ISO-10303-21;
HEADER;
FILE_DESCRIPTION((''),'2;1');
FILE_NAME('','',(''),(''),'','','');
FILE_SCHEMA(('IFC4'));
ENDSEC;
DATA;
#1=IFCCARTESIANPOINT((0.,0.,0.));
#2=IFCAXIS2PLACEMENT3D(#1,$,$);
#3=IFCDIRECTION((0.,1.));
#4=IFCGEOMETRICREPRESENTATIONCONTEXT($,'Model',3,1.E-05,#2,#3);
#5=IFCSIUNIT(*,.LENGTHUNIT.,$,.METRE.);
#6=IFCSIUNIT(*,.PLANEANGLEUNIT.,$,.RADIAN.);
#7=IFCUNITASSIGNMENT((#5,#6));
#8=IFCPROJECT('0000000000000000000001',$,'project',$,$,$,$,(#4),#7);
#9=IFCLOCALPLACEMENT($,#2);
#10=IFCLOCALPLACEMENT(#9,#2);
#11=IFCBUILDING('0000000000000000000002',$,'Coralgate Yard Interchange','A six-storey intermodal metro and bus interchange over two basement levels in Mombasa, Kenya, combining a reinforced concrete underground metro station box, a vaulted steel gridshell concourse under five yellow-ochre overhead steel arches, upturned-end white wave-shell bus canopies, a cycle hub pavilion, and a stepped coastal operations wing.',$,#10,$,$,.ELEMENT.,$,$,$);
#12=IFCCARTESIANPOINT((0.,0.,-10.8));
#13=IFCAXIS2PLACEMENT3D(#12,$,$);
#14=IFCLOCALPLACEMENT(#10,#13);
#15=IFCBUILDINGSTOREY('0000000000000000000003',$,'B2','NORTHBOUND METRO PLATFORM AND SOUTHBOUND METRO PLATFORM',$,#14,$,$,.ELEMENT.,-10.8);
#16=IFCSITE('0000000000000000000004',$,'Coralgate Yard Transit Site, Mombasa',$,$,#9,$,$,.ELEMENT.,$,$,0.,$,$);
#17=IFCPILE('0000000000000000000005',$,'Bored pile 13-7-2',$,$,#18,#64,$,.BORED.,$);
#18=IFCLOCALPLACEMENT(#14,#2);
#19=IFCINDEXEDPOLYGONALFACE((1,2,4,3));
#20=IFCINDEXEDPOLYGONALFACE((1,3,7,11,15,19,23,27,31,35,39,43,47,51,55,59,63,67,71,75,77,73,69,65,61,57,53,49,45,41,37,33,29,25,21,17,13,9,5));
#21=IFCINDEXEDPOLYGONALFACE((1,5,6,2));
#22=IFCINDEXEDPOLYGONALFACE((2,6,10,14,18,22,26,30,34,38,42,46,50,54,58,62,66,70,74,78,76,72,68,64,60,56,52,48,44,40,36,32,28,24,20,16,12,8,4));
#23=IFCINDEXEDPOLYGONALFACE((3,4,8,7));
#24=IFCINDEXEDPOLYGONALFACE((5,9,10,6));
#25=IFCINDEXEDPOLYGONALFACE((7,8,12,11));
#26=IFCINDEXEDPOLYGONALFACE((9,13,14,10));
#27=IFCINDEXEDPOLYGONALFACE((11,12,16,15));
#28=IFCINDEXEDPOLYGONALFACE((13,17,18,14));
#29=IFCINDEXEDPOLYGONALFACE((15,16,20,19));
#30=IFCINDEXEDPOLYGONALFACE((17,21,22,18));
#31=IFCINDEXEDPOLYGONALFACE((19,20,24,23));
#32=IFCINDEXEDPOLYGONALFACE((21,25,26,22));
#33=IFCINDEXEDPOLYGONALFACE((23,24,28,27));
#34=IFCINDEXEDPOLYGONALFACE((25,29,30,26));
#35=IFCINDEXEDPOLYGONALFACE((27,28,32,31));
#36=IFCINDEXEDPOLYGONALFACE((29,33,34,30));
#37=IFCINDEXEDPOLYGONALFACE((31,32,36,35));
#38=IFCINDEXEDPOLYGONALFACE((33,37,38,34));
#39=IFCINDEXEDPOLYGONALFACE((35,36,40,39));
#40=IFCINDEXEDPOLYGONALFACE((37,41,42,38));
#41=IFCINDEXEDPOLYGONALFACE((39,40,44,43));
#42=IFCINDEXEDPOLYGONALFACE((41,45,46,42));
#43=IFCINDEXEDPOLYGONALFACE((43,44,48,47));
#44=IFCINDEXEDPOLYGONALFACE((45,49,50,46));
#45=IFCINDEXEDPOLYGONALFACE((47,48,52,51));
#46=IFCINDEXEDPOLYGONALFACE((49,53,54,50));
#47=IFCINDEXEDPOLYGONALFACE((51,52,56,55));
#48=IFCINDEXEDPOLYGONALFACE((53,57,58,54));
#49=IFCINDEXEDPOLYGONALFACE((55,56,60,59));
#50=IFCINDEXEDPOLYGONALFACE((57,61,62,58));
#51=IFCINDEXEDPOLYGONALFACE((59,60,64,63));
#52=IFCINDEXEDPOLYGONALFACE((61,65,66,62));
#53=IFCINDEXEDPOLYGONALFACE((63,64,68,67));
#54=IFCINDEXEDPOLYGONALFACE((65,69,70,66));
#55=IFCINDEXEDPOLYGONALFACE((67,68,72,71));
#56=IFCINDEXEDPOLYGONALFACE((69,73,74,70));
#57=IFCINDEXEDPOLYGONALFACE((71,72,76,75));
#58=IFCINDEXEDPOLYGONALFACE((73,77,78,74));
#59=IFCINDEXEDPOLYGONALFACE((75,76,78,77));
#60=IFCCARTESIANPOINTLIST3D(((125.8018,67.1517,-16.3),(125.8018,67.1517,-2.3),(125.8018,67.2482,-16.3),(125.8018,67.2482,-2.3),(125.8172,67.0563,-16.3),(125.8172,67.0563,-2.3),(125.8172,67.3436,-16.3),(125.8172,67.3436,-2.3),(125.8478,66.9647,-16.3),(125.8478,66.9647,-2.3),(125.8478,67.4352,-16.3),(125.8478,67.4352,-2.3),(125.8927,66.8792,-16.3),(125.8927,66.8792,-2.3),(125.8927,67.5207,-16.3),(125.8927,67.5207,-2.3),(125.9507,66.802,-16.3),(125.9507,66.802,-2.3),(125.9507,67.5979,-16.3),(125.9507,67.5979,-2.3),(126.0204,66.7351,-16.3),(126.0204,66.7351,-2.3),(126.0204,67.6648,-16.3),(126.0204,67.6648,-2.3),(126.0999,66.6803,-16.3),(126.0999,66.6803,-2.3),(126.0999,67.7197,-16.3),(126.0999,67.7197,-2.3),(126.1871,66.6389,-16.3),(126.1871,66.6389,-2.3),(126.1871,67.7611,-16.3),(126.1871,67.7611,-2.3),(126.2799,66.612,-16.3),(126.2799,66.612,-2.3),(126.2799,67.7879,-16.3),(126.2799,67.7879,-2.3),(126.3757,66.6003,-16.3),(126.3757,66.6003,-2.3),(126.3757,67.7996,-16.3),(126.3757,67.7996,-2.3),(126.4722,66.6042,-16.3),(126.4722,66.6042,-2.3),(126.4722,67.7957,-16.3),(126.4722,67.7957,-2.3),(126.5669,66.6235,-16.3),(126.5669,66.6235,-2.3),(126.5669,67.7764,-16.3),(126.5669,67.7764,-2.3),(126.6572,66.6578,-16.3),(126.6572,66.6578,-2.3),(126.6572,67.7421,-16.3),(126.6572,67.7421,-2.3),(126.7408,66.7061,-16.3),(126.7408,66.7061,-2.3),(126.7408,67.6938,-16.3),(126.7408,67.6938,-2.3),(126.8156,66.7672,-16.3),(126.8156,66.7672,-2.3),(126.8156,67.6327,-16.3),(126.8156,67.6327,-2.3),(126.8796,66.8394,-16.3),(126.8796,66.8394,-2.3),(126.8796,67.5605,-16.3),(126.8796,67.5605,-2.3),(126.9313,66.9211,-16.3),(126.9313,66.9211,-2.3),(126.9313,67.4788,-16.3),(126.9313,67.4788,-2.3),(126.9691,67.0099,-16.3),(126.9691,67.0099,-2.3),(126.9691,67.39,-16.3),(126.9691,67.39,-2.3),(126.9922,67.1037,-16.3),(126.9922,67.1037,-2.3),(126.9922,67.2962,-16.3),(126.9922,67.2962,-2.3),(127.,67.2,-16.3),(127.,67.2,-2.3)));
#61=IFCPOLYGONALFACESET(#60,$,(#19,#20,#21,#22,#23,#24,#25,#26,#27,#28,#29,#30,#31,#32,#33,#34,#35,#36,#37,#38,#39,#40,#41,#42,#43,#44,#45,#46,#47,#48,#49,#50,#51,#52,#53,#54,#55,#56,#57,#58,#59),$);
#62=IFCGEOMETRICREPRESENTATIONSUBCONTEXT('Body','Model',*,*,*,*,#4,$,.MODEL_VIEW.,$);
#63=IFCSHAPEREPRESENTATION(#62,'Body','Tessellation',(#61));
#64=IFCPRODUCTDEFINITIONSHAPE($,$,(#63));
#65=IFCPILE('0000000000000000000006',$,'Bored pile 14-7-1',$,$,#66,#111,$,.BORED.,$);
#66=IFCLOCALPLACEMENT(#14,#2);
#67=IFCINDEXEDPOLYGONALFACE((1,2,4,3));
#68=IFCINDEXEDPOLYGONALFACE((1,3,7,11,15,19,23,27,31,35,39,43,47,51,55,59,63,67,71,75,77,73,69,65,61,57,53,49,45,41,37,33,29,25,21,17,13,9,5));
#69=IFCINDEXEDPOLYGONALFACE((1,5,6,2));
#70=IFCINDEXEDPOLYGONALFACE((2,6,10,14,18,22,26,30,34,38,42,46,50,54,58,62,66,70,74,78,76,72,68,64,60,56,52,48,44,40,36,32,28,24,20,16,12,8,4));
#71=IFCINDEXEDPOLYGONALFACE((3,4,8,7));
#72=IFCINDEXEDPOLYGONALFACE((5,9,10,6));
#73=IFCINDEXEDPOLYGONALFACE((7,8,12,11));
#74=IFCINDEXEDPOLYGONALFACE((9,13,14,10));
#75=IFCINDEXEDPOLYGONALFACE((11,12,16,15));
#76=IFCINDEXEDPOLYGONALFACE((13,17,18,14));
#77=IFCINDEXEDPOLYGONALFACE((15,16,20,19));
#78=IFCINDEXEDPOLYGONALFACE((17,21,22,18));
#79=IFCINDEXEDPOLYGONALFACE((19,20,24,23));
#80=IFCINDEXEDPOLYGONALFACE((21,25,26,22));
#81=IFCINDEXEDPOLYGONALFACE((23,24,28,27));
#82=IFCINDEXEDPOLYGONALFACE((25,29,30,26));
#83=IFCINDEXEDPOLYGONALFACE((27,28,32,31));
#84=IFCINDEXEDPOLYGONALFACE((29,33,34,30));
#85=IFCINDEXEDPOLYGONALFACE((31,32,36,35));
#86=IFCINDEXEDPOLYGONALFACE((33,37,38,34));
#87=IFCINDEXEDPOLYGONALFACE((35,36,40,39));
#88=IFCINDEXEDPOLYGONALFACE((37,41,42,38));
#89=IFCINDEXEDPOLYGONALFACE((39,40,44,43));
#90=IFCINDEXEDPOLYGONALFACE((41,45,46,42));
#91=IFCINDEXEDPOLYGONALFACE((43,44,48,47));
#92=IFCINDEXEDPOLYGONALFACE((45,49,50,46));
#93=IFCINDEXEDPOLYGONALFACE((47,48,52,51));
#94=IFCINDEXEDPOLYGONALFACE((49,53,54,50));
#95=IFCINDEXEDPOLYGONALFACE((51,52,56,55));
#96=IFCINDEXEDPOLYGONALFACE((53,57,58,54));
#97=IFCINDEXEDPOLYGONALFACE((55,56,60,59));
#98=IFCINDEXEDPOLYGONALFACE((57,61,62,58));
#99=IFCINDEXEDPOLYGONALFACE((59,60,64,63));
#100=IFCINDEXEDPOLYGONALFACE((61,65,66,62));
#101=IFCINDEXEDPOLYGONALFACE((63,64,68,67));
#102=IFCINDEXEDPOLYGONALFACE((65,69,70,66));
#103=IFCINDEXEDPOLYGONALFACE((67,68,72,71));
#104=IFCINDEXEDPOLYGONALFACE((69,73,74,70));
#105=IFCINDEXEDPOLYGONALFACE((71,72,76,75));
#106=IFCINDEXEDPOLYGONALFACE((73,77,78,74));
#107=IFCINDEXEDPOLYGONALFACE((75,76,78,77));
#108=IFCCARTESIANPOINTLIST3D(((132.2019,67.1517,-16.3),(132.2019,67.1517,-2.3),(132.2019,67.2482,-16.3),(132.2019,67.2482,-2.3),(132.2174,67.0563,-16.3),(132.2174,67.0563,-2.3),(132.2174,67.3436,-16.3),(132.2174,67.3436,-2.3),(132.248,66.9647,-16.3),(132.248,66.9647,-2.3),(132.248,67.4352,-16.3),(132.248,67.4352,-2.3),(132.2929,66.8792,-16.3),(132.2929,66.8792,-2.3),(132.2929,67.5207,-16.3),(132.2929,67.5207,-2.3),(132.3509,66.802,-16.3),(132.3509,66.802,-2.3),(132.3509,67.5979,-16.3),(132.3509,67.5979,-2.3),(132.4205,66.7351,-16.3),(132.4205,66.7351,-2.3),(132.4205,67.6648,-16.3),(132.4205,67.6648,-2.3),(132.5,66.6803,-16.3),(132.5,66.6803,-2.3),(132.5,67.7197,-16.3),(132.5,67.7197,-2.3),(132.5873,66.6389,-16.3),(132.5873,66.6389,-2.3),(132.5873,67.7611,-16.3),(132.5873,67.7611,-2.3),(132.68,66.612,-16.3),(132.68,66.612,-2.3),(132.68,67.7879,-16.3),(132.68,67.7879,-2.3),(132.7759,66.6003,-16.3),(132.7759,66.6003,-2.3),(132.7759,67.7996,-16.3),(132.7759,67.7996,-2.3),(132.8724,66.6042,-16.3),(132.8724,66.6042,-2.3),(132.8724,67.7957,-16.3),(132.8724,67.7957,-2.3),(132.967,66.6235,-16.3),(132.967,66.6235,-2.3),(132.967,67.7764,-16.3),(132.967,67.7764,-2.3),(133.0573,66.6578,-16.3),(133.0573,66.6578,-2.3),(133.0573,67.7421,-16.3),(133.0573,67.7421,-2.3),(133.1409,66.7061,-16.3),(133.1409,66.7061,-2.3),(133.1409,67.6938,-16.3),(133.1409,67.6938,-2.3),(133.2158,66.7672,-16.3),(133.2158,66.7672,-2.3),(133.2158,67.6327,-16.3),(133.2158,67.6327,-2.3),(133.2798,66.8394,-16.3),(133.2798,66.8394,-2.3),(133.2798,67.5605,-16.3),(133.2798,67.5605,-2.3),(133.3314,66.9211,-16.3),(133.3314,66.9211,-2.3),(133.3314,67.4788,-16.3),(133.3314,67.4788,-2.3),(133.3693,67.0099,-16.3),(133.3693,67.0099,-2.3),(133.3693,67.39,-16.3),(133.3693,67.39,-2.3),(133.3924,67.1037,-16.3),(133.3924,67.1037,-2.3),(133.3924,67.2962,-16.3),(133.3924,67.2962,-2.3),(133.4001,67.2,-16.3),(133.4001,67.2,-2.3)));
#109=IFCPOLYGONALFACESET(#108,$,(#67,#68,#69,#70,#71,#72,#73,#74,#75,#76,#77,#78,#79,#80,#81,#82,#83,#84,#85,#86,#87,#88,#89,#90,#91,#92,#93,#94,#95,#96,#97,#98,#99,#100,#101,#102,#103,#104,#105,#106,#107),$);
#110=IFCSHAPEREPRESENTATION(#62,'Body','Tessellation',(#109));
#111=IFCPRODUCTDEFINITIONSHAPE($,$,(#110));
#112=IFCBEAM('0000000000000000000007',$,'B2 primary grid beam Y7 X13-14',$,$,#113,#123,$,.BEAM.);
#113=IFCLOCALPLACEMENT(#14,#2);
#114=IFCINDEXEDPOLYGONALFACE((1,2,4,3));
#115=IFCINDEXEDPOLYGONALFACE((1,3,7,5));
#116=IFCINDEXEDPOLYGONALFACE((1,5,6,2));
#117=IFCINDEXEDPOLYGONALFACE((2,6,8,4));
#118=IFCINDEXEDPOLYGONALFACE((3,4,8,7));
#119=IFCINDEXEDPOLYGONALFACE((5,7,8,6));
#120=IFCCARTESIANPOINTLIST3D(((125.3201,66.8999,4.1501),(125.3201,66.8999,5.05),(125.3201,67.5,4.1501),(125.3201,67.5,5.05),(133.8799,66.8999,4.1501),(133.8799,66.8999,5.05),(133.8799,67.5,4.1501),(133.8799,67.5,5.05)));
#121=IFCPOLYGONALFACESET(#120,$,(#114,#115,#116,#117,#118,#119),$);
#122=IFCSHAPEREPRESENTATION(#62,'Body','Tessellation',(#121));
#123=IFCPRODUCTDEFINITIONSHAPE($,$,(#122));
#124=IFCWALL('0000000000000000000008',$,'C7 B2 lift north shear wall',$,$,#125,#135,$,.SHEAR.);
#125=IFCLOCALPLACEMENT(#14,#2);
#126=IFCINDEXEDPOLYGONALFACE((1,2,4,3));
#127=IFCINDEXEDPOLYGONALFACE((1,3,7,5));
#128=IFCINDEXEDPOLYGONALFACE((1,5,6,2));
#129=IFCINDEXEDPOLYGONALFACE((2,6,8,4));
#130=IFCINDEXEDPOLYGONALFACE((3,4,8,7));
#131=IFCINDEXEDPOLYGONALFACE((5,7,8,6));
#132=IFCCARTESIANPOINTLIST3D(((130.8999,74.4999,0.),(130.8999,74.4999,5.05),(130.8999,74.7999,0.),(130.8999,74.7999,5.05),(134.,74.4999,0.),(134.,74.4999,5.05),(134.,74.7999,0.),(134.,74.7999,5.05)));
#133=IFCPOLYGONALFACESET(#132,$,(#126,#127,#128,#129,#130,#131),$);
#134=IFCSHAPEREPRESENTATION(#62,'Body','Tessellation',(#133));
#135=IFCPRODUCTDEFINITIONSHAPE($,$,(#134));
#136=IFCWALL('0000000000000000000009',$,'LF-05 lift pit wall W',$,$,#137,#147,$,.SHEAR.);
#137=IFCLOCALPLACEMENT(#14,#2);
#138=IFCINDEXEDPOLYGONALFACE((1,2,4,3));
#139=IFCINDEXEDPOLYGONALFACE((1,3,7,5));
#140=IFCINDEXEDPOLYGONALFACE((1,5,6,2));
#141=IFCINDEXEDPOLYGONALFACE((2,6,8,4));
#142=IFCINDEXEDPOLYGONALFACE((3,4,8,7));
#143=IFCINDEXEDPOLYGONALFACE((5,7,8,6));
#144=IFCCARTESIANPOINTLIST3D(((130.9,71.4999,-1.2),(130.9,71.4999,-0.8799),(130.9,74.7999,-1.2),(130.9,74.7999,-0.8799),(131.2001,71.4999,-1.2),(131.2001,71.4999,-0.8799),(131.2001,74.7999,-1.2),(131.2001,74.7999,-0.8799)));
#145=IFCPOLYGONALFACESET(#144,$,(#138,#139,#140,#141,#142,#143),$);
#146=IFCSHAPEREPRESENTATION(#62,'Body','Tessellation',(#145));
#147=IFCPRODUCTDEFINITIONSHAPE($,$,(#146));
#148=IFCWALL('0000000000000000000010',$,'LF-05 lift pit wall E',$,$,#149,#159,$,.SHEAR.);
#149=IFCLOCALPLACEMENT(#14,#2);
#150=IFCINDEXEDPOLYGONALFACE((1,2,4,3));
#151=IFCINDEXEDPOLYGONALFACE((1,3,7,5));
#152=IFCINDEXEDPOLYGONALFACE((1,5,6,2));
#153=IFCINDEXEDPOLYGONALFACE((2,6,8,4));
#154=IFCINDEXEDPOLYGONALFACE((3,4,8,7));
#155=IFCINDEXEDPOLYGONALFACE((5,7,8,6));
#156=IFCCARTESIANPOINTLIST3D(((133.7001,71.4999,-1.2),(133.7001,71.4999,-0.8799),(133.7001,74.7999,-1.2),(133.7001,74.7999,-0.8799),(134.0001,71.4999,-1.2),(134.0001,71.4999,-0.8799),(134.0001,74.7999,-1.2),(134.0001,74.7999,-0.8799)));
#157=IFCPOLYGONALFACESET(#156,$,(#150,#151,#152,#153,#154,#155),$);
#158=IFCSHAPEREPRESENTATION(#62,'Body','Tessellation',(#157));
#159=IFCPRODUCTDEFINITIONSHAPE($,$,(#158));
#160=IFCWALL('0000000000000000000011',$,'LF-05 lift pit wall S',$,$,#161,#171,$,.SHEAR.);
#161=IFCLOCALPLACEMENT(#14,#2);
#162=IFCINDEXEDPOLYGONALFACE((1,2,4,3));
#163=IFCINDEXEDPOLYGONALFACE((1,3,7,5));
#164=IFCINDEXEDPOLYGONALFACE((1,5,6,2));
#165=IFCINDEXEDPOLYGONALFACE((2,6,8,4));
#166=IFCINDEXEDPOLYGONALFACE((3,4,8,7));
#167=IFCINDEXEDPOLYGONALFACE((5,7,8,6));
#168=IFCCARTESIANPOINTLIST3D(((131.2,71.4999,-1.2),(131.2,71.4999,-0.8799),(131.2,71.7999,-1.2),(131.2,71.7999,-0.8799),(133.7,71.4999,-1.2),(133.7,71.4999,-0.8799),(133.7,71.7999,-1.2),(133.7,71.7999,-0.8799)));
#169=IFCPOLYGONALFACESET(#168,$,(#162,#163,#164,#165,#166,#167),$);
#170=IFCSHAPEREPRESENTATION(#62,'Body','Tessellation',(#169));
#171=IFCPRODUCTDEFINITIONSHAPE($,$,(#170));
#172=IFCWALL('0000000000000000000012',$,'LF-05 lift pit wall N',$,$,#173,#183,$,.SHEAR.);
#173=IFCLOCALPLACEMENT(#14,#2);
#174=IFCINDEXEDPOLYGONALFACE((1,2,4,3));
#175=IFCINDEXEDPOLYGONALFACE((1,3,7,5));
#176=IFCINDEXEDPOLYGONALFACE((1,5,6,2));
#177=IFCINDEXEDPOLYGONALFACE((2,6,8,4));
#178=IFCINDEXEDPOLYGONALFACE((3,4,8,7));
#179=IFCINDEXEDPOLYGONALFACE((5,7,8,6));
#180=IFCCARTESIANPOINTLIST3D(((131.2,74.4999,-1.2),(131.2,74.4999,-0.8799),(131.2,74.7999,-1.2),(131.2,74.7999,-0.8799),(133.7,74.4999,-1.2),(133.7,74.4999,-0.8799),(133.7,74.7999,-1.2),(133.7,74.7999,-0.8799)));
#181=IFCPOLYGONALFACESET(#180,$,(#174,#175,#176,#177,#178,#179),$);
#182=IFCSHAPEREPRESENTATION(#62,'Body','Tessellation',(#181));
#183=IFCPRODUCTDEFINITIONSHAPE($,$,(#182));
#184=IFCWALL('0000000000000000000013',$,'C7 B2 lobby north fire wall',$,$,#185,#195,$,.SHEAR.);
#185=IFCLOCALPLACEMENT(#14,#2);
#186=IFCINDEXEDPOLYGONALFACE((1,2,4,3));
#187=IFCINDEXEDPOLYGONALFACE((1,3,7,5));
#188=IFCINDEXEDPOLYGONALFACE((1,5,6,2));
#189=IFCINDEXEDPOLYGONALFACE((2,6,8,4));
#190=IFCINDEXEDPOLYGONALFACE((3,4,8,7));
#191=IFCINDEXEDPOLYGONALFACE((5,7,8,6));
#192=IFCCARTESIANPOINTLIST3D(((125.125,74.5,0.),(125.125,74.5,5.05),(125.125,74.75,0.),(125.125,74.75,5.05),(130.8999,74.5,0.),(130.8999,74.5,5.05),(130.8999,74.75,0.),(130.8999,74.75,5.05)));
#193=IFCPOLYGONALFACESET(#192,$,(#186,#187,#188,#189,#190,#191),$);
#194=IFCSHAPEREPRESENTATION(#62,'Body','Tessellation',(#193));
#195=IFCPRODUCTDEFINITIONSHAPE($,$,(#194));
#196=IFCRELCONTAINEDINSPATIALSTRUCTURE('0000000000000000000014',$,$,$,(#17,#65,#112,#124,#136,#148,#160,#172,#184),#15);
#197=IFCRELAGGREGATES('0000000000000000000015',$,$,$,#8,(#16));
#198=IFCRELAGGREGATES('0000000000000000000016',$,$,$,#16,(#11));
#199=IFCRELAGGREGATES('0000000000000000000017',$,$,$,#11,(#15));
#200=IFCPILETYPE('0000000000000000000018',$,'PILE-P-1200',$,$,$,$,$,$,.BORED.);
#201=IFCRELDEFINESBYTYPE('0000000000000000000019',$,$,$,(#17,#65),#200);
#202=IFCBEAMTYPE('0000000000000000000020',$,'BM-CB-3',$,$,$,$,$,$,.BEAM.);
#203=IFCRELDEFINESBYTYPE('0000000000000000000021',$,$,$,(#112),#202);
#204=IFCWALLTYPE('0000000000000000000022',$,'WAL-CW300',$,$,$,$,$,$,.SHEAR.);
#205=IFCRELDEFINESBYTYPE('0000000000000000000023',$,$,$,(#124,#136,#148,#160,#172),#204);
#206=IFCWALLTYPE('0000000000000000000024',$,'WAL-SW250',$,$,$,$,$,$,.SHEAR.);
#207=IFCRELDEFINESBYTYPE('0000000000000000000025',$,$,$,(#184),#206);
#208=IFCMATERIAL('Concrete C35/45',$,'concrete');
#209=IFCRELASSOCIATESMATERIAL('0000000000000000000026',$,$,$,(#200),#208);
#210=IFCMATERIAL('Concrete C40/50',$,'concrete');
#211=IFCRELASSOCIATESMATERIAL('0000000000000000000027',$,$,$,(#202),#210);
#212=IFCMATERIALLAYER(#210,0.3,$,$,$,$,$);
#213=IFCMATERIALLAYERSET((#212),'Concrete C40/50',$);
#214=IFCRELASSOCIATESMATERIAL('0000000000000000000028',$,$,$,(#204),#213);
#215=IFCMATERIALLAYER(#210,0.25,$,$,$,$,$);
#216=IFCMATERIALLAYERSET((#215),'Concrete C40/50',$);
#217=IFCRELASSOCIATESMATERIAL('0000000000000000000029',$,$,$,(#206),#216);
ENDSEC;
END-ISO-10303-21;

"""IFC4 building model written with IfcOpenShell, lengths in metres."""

from ifc_helpers import new_model, si_unit, direction, frame, frame_2d, origin, origin_2d, place, context, subcontext, project, spatial, rectangle, circle, extrude, material, layer, layer_set, material_profile, profile_set, type_object, element, save


model = new_model("IFC4")

# Units and contexts
model_context = context("Model", 3, precision=1e-05, world=origin(), true_north=direction((0.0, 1.0)))
body_context = subcontext(model_context, "Body", "Model", "MODEL_VIEW")
ifc_project = project(units=[si_unit("LENGTHUNIT", "METRE"), si_unit("PLANEANGLEUNIT", "RADIAN")], contexts=[model_context])

# Site, building, storey
site_placement = place(None, origin())
site = spatial("IfcSite", under=ifc_project, at=site_placement, Name="Coralgate Yard Transit Site, Mombasa", CompositionType="ELEMENT", RefElevation=0.0)
building_placement = place(site_placement, origin())
building = spatial("IfcBuilding", under=site, at=building_placement, Name="Coralgate Yard Interchange", Description="A six-storey intermodal metro and bus interchange over two basement levels in Mombasa, Kenya, combining a reinforced concrete underground metro station box, a vaulted steel gridshell concourse under five yellow-ochre overhead steel arches, upturned-end white wave-shell bus canopies, a cycle hub pavilion, and a stepped coastal operations wing.", CompositionType="ELEMENT")
storey_placement = place(building_placement, frame((0.0, 0.0, -10.8)))
storey = spatial("IfcBuildingStorey", under=building, at=storey_placement, Name="B2", Description="NORTHBOUND METRO PLATFORM AND SOUTHBOUND METRO PLATFORM", CompositionType="ELEMENT", Elevation=-10.8)

# Piles
ifc_material_1 = material(Name="Concrete C35/45", Category="concrete")
ifc_material_profile_1 = material_profile(ifc_material_1, circle(Radius=0.6001, at=origin_2d()), Name="BORED PILE D1200")
ifc_profile_set_1 = profile_set([ifc_material_profile_1], Name="Concrete C35/45")
pile_type = type_object("IfcPileType", Name="PILE-P-1200", PredefinedType="BORED", material=ifc_profile_set_1)
for number, where, z_axis, x_axis, name in (
    (1, (126.3999, 67.2, -2.3), (0.0, 0.0, -1.0), (1.0, 0.0, 0.0), "Bored pile 13-7-2"),
    (2, (132.8, 67.2, -2.3), (0.0, 0.0, -1.0), (1.0, 0.0, 0.0), "Bored pile 14-7-1"),
):
    element("IfcPile", number, at=place(storey_placement, frame(where, z_axis=z_axis, x_axis=x_axis)), inside=storey, type_object=pile_type, Name=name, PredefinedType="BORED", context=body_context, shape_type="SweptSolid", body=[
        extrude(circle(Radius=0.6001, at=origin_2d()), origin(), (0.0, 0.0, 1.0), 14.0),
    ])

# Beam
ifc_material_2 = material(Name="Concrete C40/50", Category="concrete")
ifc_material_profile_2 = material_profile(ifc_material_2, rectangle(XDim=0.6001, YDim=0.8999, at=origin_2d()), Name="RC 600x900")
ifc_profile_set_2 = profile_set([ifc_material_profile_2], Name="Concrete C40/50")
beam_type = type_object("IfcBeamType", Name="BM-CB-3", PredefinedType="BEAM", material=ifc_profile_set_2)
beam_placement = place(storey_placement, frame((125.3201, 67.2, 4.6001), z_axis=(1.0, 0.0, 0.0), x_axis=(0.0, 1.0, 0.0)))
element("IfcBeam", 3, at=beam_placement, inside=storey, type_object=beam_type, Name="B2 primary grid beam Y7 X13-14", PredefinedType="BEAM", context=body_context, shape_type="SweptSolid", body=[
    extrude(rectangle(XDim=0.6001, YDim=0.8999, at=origin_2d()), origin(), (0.0, 0.0, 1.0), 8.5598),
])

# Shared definitions
ifc_layer_1 = layer(ifc_material_2, 0.3)
ifc_layer_set_1 = layer_set([ifc_layer_1], Name="Concrete C40/50")
wall_type_1 = type_object("IfcWallType", Name="WAL-CW300", PredefinedType="SHEAR", material=ifc_layer_set_1)

# Walls
wall_1_placement = place(storey_placement, frame((130.8999, 74.6499, 0.0), z_axis=(0.0, 0.0, 1.0), x_axis=(1.0, 0.0, 0.0)))
element("IfcWall", 4, at=wall_1_placement, inside=storey, type_object=wall_type_1, Name="C7 B2 lift north shear wall", PredefinedType="SHEAR", context=body_context, shape_type="SweptSolid", body=[
    extrude(rectangle(XDim=3.1001, YDim=0.3, at=frame_2d((1.55, 0.0))), origin(), (0.0, 0.0, 1.0), 5.05),
])
for number, where, z_axis, x_axis, name in (
    (5, (131.05, 71.5, -1.2), (0.0, 0.0, 1.0), (0.0, 1.0, 0.0), "LF-05 lift pit wall W"),
    (6, (133.8501, 71.5, -1.2), (0.0, 0.0, 1.0), (0.0, 1.0, 0.0), "LF-05 lift pit wall E"),
):
    element("IfcWall", number, at=place(storey_placement, frame(where, z_axis=z_axis, x_axis=x_axis)), inside=storey, type_object=wall_type_1, Name=name, PredefinedType="SHEAR", context=body_context, shape_type="SweptSolid", body=[
        extrude(rectangle(XDim=3.3, YDim=0.3, at=frame_2d((1.6499, 0.0))), origin(), (0.0, 0.0, 1.0), 0.3201),
    ])
for number, where, z_axis, x_axis, name in (
    (7, (131.2, 71.6499, -1.2), (0.0, 0.0, 1.0), (1.0, 0.0, 0.0), "LF-05 lift pit wall S"),
    (8, (131.2, 74.6499, -1.2), (0.0, 0.0, 1.0), (1.0, 0.0, 0.0), "LF-05 lift pit wall N"),
):
    element("IfcWall", number, at=place(storey_placement, frame(where, z_axis=z_axis, x_axis=x_axis)), inside=storey, type_object=wall_type_1, Name=name, PredefinedType="SHEAR", context=body_context, shape_type="SweptSolid", body=[
        extrude(rectangle(XDim=2.5, YDim=0.3, at=frame_2d((1.25, 0.0))), origin(), (0.0, 0.0, 1.0), 0.3201),
    ])
ifc_layer_2 = layer(ifc_material_2, 0.25)
ifc_layer_set_2 = layer_set([ifc_layer_2], Name="Concrete C40/50")
wall_type_2 = type_object("IfcWallType", Name="WAL-SW250", PredefinedType="SHEAR", material=ifc_layer_set_2)
wall_2_placement = place(storey_placement, frame((130.8999, 74.625, 0.0), z_axis=(0.0, 0.0, 1.0), x_axis=(-1.0, 0.0, 0.0)))
element("IfcWall", 9, at=wall_2_placement, inside=storey, type_object=wall_type_2, Name="C7 B2 lobby north fire wall", PredefinedType="SHEAR", context=body_context, shape_type="SweptSolid", body=[
    extrude(rectangle(XDim=5.7749, YDim=0.25, at=frame_2d((2.8875, 0.0))), origin(), (0.0, 0.0, 1.0), 5.05),
])

save(model, "model.ifc")
